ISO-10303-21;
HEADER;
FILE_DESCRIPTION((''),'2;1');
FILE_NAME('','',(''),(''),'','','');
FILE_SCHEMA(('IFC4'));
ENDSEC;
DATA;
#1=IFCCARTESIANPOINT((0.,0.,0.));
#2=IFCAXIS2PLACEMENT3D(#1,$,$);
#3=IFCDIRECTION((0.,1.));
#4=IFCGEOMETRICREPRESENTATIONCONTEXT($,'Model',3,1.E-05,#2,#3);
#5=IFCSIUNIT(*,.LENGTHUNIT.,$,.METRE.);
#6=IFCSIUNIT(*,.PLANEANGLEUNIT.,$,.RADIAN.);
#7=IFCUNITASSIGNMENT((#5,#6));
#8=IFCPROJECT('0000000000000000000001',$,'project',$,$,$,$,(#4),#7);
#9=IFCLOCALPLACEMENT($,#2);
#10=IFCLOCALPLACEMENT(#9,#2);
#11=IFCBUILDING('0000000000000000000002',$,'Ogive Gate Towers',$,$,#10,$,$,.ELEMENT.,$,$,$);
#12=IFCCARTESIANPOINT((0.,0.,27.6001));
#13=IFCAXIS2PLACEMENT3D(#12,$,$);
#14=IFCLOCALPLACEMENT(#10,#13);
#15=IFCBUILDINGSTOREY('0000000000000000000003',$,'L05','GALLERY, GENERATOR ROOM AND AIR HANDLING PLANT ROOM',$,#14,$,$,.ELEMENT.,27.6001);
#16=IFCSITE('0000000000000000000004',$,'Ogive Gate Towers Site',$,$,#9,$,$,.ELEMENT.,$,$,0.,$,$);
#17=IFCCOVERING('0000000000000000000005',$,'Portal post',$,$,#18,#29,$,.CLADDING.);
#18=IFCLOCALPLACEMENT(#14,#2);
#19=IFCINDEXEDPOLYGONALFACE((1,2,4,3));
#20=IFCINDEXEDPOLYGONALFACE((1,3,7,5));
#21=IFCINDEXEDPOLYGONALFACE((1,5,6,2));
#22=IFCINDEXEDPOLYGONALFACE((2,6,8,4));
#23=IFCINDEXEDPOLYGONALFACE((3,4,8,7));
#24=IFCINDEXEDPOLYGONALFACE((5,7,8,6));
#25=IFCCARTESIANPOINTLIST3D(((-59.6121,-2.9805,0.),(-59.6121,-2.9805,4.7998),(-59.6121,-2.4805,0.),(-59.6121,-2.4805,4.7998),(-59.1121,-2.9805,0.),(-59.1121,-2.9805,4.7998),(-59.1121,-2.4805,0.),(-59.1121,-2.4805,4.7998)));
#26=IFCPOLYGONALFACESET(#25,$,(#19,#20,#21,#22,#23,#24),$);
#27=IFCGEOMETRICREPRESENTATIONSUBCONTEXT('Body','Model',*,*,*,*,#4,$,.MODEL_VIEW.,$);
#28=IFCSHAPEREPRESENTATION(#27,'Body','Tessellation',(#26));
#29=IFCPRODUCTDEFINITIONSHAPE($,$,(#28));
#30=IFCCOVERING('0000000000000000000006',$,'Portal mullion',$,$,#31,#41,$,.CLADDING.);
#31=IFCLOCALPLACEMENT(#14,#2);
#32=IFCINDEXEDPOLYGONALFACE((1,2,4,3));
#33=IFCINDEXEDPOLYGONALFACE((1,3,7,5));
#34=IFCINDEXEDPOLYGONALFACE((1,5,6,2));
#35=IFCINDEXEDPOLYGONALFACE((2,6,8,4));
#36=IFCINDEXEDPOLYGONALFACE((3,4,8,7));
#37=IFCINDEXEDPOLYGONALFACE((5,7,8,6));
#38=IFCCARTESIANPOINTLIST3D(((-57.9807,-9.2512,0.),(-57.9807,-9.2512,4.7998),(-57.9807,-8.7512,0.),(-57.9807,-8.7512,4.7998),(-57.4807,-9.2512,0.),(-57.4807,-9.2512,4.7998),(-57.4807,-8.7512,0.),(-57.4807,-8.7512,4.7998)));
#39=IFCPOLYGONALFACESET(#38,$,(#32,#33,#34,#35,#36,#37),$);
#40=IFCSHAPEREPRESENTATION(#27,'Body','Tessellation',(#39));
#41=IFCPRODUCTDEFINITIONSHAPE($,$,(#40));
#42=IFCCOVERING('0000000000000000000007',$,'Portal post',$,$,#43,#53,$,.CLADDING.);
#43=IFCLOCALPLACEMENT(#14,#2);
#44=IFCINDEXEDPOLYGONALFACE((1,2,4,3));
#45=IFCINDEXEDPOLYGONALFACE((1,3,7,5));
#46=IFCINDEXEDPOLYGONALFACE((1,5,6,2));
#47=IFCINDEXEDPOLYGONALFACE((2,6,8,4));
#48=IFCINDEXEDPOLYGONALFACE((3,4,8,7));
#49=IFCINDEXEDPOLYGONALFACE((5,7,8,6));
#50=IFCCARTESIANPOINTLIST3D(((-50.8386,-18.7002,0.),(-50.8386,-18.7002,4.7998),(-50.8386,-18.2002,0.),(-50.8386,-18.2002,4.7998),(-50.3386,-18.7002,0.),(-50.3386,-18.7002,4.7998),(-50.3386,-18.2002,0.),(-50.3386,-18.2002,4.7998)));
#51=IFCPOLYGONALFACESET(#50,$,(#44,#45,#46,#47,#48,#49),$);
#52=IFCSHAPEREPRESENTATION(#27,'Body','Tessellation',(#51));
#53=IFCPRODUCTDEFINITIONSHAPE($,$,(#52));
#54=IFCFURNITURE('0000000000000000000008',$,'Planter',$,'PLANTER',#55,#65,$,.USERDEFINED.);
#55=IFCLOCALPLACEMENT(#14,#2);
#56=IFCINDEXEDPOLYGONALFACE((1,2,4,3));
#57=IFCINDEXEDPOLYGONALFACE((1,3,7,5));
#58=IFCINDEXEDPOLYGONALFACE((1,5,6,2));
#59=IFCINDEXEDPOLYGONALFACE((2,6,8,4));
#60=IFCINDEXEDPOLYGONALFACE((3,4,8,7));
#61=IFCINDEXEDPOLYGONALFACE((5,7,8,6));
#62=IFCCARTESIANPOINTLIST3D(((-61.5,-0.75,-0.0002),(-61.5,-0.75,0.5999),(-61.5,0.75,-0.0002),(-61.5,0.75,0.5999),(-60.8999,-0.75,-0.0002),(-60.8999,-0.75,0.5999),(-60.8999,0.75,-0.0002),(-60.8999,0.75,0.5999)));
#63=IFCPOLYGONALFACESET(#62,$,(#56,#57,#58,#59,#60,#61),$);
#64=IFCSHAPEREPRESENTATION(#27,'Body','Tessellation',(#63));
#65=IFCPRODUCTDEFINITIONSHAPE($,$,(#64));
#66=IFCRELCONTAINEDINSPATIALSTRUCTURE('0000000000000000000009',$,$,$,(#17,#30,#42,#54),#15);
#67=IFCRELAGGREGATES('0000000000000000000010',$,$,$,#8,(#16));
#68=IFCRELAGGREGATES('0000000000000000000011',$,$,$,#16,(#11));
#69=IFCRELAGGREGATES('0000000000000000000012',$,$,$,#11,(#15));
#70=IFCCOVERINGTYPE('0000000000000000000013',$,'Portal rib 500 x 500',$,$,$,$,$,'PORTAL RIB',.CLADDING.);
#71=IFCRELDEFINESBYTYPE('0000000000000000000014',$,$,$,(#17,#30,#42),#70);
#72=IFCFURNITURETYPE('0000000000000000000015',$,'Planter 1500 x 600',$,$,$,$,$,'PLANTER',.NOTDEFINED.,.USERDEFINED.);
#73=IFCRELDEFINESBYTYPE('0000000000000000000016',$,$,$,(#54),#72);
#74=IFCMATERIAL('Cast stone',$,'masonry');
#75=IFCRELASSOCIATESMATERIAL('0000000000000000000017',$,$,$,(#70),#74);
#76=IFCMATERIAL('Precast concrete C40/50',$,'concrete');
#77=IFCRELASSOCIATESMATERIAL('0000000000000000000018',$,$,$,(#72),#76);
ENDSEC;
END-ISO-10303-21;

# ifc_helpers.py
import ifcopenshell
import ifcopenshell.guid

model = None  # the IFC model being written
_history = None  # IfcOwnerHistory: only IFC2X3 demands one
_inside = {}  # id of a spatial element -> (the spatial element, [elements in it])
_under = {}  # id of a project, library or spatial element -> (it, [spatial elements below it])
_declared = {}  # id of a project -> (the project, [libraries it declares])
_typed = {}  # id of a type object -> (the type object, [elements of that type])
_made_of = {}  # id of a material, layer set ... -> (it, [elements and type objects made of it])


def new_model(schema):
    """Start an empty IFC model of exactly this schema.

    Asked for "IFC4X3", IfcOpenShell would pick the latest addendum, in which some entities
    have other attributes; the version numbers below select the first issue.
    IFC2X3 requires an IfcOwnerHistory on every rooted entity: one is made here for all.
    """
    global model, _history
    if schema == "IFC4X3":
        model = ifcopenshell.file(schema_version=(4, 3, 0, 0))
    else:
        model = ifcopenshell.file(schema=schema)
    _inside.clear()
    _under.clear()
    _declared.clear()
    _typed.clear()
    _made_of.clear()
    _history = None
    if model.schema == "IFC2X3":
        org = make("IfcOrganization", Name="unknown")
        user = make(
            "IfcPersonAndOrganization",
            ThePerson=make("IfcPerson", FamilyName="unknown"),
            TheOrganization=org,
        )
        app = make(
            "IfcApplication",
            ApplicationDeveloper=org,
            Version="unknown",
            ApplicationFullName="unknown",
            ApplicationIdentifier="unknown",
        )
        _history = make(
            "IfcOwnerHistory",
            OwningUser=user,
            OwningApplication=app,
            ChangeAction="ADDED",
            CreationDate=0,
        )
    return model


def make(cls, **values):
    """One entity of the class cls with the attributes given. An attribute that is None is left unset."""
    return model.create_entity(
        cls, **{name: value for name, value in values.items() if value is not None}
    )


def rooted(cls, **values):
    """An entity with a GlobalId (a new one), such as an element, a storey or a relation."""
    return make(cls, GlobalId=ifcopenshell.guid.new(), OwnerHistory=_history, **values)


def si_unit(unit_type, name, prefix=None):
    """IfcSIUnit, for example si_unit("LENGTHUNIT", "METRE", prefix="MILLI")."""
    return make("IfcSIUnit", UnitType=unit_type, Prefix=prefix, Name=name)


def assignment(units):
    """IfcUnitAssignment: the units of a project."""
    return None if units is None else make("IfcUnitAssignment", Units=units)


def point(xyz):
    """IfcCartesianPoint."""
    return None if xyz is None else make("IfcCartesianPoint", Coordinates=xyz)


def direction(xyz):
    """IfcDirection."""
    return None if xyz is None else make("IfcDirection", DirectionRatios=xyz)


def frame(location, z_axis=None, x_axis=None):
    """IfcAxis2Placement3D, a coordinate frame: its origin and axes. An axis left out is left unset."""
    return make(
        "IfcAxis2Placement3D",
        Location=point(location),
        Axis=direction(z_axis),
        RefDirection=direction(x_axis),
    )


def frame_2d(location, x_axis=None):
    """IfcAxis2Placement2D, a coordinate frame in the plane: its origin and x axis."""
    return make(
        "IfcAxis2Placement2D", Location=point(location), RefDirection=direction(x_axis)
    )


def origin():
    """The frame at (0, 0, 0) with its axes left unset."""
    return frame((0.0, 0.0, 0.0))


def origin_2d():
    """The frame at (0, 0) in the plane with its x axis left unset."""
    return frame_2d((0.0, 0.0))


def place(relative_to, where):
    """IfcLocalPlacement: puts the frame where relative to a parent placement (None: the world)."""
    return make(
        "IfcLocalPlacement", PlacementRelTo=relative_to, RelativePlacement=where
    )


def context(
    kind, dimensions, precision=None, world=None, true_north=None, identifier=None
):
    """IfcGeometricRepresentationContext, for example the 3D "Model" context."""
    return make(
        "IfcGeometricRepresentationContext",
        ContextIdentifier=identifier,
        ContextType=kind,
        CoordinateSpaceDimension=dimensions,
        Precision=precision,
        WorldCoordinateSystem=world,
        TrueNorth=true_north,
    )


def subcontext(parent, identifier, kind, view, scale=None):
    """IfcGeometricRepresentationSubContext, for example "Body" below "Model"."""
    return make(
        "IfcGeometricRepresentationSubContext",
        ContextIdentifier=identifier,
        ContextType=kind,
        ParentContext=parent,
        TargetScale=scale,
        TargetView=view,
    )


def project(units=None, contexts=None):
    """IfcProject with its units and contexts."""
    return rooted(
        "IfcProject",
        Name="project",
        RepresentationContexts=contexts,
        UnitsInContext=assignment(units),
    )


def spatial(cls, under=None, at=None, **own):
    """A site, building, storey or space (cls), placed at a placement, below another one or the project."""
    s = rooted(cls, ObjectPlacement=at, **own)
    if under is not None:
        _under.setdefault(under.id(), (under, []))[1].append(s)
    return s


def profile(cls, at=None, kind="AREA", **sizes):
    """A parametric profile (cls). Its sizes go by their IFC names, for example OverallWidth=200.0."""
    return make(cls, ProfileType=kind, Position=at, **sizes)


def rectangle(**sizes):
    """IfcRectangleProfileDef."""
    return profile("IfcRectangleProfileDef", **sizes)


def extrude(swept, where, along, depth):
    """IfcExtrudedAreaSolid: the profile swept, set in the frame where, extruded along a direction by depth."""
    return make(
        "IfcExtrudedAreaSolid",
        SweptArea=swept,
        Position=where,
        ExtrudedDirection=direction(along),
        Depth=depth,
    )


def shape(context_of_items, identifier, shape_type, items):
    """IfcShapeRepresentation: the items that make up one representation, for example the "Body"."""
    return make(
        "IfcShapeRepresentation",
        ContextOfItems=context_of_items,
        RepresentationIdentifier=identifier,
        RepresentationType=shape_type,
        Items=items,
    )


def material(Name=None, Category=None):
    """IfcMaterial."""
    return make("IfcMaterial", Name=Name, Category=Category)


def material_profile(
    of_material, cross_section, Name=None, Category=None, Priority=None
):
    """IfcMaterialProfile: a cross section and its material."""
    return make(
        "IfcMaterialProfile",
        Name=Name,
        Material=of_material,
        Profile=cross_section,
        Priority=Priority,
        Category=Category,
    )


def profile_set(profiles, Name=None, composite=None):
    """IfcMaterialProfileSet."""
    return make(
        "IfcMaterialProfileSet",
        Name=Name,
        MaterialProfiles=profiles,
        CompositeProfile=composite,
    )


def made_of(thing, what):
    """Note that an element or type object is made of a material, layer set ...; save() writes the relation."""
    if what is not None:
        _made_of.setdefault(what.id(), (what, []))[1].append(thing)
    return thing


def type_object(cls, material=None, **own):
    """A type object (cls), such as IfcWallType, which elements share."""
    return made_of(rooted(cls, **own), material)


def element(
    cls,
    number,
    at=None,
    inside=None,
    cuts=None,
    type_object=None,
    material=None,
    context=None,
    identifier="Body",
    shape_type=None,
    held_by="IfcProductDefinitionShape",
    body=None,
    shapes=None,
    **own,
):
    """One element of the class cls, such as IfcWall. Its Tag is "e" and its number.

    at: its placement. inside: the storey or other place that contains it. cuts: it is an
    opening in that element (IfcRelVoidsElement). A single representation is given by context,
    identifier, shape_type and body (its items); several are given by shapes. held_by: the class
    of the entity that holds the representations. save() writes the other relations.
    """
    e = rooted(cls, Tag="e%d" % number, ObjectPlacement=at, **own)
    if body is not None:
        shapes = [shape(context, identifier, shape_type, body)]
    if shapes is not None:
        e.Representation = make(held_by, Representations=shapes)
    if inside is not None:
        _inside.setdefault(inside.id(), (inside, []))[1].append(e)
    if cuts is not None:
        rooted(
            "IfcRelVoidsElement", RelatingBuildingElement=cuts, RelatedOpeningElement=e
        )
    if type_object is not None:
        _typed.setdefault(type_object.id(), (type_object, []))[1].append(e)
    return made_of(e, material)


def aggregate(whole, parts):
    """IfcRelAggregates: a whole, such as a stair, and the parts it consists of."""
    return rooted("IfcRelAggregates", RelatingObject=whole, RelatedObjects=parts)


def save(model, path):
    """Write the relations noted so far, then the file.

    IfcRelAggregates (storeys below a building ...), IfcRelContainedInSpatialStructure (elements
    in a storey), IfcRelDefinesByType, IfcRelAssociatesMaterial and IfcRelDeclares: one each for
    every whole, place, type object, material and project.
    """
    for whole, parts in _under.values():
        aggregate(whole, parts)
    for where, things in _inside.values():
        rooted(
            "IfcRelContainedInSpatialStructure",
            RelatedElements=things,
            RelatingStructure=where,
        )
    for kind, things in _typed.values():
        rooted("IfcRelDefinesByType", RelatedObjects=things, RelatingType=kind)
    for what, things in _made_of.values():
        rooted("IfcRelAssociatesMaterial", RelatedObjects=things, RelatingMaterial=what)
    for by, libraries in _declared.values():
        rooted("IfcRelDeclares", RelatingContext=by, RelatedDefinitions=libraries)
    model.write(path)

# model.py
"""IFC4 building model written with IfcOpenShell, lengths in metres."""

from ifc_helpers import new_model, si_unit, direction, frame, origin, origin_2d, place, context, subcontext, project, spatial, rectangle, extrude, material, material_profile, profile_set, type_object, element, save


model = new_model("IFC4")

# Units and contexts
model_context = context("Model", 3, precision=1e-05, world=origin(), true_north=direction((0.0, 1.0)))
body_context = subcontext(model_context, "Body", "Model", "MODEL_VIEW")
ifc_project = project(units=[si_unit("LENGTHUNIT", "METRE"), si_unit("PLANEANGLEUNIT", "RADIAN")], contexts=[model_context])

# Site, building, storey
site_placement = place(None, origin())
site = spatial("IfcSite", under=ifc_project, at=site_placement, Name="Ogive Gate Towers Site", CompositionType="ELEMENT", RefElevation=0.0)
building_placement = place(site_placement, origin())
building = spatial("IfcBuilding", under=site, at=building_placement, Name="Ogive Gate Towers", CompositionType="ELEMENT")
storey_placement = place(building_placement, frame((0.0, 0.0, 27.6001)))
storey = spatial("IfcBuildingStorey", under=building, at=storey_placement, Name="L05", Description="GALLERY, GENERATOR ROOM AND AIR HANDLING PLANT ROOM", CompositionType="ELEMENT", Elevation=27.6001)

# Shared definitions
ifc_material_1 = material(Name="Precast concrete C40/50", Category="concrete")

# Coverings
ifc_material_2 = material(Name="Cast stone", Category="masonry")
ifc_material_profile_1 = material_profile(ifc_material_2, rectangle(XDim=0.5, YDim=0.5, at=origin_2d()), Name="500 x 500 cast stone")
ifc_profile_set_1 = profile_set([ifc_material_profile_1], Name="Cast stone")
covering_type = type_object("IfcCoveringType", Name="Portal rib 500 x 500", ElementType="PORTAL RIB", PredefinedType="CLADDING", material=ifc_profile_set_1)
for number, where, z_axis, x_axis, name in (
    (1, (-59.3621, -2.7305, 0.0), (0.0, 0.0, 1.0), (1.0, 0.0, 0.0), "Portal post"),
    (2, (-57.7307, -9.0012, 0.0), (0.0, 0.0, 1.0), (1.0, 0.0, 0.0), "Portal mullion"),
    (3, (-50.5886, -18.4502, 0.0), (0.0, 0.0, 1.0), (1.0, 0.0, 0.0), "Portal post"),
):
    element("IfcCovering", number, at=place(storey_placement, frame(where, z_axis=z_axis, x_axis=x_axis)), inside=storey, type_object=covering_type, Name=name, PredefinedType="CLADDING", context=body_context, shape_type="SweptSolid", body=[
        extrude(rectangle(XDim=0.5, YDim=0.5, at=origin_2d()), origin(), (0.0, 0.0, 1.0), 4.7998),
    ])

# Furniture
furniture_type = type_object("IfcFurnitureType", Name="Planter 1500 x 600", ElementType="PLANTER", AssemblyPlace="NOTDEFINED", PredefinedType="USERDEFINED", material=ifc_material_1)
furniture_placement = place(storey_placement, frame((-61.2, 0.0, -0.0002), z_axis=(0.0, 0.0, 1.0), x_axis=(0.0, -1.0, 0.0)))
element("IfcFurniture", 4, at=furniture_placement, inside=storey, type_object=furniture_type, Name="Planter", ObjectType="PLANTER", PredefinedType="USERDEFINED", context=body_context, shape_type="SweptSolid", body=[
    extrude(rectangle(XDim=1.5, YDim=0.6001, at=origin_2d()), origin(), (0.0, 0.0, 1.0), 0.6001),
])

save(model, "model.ifc")
